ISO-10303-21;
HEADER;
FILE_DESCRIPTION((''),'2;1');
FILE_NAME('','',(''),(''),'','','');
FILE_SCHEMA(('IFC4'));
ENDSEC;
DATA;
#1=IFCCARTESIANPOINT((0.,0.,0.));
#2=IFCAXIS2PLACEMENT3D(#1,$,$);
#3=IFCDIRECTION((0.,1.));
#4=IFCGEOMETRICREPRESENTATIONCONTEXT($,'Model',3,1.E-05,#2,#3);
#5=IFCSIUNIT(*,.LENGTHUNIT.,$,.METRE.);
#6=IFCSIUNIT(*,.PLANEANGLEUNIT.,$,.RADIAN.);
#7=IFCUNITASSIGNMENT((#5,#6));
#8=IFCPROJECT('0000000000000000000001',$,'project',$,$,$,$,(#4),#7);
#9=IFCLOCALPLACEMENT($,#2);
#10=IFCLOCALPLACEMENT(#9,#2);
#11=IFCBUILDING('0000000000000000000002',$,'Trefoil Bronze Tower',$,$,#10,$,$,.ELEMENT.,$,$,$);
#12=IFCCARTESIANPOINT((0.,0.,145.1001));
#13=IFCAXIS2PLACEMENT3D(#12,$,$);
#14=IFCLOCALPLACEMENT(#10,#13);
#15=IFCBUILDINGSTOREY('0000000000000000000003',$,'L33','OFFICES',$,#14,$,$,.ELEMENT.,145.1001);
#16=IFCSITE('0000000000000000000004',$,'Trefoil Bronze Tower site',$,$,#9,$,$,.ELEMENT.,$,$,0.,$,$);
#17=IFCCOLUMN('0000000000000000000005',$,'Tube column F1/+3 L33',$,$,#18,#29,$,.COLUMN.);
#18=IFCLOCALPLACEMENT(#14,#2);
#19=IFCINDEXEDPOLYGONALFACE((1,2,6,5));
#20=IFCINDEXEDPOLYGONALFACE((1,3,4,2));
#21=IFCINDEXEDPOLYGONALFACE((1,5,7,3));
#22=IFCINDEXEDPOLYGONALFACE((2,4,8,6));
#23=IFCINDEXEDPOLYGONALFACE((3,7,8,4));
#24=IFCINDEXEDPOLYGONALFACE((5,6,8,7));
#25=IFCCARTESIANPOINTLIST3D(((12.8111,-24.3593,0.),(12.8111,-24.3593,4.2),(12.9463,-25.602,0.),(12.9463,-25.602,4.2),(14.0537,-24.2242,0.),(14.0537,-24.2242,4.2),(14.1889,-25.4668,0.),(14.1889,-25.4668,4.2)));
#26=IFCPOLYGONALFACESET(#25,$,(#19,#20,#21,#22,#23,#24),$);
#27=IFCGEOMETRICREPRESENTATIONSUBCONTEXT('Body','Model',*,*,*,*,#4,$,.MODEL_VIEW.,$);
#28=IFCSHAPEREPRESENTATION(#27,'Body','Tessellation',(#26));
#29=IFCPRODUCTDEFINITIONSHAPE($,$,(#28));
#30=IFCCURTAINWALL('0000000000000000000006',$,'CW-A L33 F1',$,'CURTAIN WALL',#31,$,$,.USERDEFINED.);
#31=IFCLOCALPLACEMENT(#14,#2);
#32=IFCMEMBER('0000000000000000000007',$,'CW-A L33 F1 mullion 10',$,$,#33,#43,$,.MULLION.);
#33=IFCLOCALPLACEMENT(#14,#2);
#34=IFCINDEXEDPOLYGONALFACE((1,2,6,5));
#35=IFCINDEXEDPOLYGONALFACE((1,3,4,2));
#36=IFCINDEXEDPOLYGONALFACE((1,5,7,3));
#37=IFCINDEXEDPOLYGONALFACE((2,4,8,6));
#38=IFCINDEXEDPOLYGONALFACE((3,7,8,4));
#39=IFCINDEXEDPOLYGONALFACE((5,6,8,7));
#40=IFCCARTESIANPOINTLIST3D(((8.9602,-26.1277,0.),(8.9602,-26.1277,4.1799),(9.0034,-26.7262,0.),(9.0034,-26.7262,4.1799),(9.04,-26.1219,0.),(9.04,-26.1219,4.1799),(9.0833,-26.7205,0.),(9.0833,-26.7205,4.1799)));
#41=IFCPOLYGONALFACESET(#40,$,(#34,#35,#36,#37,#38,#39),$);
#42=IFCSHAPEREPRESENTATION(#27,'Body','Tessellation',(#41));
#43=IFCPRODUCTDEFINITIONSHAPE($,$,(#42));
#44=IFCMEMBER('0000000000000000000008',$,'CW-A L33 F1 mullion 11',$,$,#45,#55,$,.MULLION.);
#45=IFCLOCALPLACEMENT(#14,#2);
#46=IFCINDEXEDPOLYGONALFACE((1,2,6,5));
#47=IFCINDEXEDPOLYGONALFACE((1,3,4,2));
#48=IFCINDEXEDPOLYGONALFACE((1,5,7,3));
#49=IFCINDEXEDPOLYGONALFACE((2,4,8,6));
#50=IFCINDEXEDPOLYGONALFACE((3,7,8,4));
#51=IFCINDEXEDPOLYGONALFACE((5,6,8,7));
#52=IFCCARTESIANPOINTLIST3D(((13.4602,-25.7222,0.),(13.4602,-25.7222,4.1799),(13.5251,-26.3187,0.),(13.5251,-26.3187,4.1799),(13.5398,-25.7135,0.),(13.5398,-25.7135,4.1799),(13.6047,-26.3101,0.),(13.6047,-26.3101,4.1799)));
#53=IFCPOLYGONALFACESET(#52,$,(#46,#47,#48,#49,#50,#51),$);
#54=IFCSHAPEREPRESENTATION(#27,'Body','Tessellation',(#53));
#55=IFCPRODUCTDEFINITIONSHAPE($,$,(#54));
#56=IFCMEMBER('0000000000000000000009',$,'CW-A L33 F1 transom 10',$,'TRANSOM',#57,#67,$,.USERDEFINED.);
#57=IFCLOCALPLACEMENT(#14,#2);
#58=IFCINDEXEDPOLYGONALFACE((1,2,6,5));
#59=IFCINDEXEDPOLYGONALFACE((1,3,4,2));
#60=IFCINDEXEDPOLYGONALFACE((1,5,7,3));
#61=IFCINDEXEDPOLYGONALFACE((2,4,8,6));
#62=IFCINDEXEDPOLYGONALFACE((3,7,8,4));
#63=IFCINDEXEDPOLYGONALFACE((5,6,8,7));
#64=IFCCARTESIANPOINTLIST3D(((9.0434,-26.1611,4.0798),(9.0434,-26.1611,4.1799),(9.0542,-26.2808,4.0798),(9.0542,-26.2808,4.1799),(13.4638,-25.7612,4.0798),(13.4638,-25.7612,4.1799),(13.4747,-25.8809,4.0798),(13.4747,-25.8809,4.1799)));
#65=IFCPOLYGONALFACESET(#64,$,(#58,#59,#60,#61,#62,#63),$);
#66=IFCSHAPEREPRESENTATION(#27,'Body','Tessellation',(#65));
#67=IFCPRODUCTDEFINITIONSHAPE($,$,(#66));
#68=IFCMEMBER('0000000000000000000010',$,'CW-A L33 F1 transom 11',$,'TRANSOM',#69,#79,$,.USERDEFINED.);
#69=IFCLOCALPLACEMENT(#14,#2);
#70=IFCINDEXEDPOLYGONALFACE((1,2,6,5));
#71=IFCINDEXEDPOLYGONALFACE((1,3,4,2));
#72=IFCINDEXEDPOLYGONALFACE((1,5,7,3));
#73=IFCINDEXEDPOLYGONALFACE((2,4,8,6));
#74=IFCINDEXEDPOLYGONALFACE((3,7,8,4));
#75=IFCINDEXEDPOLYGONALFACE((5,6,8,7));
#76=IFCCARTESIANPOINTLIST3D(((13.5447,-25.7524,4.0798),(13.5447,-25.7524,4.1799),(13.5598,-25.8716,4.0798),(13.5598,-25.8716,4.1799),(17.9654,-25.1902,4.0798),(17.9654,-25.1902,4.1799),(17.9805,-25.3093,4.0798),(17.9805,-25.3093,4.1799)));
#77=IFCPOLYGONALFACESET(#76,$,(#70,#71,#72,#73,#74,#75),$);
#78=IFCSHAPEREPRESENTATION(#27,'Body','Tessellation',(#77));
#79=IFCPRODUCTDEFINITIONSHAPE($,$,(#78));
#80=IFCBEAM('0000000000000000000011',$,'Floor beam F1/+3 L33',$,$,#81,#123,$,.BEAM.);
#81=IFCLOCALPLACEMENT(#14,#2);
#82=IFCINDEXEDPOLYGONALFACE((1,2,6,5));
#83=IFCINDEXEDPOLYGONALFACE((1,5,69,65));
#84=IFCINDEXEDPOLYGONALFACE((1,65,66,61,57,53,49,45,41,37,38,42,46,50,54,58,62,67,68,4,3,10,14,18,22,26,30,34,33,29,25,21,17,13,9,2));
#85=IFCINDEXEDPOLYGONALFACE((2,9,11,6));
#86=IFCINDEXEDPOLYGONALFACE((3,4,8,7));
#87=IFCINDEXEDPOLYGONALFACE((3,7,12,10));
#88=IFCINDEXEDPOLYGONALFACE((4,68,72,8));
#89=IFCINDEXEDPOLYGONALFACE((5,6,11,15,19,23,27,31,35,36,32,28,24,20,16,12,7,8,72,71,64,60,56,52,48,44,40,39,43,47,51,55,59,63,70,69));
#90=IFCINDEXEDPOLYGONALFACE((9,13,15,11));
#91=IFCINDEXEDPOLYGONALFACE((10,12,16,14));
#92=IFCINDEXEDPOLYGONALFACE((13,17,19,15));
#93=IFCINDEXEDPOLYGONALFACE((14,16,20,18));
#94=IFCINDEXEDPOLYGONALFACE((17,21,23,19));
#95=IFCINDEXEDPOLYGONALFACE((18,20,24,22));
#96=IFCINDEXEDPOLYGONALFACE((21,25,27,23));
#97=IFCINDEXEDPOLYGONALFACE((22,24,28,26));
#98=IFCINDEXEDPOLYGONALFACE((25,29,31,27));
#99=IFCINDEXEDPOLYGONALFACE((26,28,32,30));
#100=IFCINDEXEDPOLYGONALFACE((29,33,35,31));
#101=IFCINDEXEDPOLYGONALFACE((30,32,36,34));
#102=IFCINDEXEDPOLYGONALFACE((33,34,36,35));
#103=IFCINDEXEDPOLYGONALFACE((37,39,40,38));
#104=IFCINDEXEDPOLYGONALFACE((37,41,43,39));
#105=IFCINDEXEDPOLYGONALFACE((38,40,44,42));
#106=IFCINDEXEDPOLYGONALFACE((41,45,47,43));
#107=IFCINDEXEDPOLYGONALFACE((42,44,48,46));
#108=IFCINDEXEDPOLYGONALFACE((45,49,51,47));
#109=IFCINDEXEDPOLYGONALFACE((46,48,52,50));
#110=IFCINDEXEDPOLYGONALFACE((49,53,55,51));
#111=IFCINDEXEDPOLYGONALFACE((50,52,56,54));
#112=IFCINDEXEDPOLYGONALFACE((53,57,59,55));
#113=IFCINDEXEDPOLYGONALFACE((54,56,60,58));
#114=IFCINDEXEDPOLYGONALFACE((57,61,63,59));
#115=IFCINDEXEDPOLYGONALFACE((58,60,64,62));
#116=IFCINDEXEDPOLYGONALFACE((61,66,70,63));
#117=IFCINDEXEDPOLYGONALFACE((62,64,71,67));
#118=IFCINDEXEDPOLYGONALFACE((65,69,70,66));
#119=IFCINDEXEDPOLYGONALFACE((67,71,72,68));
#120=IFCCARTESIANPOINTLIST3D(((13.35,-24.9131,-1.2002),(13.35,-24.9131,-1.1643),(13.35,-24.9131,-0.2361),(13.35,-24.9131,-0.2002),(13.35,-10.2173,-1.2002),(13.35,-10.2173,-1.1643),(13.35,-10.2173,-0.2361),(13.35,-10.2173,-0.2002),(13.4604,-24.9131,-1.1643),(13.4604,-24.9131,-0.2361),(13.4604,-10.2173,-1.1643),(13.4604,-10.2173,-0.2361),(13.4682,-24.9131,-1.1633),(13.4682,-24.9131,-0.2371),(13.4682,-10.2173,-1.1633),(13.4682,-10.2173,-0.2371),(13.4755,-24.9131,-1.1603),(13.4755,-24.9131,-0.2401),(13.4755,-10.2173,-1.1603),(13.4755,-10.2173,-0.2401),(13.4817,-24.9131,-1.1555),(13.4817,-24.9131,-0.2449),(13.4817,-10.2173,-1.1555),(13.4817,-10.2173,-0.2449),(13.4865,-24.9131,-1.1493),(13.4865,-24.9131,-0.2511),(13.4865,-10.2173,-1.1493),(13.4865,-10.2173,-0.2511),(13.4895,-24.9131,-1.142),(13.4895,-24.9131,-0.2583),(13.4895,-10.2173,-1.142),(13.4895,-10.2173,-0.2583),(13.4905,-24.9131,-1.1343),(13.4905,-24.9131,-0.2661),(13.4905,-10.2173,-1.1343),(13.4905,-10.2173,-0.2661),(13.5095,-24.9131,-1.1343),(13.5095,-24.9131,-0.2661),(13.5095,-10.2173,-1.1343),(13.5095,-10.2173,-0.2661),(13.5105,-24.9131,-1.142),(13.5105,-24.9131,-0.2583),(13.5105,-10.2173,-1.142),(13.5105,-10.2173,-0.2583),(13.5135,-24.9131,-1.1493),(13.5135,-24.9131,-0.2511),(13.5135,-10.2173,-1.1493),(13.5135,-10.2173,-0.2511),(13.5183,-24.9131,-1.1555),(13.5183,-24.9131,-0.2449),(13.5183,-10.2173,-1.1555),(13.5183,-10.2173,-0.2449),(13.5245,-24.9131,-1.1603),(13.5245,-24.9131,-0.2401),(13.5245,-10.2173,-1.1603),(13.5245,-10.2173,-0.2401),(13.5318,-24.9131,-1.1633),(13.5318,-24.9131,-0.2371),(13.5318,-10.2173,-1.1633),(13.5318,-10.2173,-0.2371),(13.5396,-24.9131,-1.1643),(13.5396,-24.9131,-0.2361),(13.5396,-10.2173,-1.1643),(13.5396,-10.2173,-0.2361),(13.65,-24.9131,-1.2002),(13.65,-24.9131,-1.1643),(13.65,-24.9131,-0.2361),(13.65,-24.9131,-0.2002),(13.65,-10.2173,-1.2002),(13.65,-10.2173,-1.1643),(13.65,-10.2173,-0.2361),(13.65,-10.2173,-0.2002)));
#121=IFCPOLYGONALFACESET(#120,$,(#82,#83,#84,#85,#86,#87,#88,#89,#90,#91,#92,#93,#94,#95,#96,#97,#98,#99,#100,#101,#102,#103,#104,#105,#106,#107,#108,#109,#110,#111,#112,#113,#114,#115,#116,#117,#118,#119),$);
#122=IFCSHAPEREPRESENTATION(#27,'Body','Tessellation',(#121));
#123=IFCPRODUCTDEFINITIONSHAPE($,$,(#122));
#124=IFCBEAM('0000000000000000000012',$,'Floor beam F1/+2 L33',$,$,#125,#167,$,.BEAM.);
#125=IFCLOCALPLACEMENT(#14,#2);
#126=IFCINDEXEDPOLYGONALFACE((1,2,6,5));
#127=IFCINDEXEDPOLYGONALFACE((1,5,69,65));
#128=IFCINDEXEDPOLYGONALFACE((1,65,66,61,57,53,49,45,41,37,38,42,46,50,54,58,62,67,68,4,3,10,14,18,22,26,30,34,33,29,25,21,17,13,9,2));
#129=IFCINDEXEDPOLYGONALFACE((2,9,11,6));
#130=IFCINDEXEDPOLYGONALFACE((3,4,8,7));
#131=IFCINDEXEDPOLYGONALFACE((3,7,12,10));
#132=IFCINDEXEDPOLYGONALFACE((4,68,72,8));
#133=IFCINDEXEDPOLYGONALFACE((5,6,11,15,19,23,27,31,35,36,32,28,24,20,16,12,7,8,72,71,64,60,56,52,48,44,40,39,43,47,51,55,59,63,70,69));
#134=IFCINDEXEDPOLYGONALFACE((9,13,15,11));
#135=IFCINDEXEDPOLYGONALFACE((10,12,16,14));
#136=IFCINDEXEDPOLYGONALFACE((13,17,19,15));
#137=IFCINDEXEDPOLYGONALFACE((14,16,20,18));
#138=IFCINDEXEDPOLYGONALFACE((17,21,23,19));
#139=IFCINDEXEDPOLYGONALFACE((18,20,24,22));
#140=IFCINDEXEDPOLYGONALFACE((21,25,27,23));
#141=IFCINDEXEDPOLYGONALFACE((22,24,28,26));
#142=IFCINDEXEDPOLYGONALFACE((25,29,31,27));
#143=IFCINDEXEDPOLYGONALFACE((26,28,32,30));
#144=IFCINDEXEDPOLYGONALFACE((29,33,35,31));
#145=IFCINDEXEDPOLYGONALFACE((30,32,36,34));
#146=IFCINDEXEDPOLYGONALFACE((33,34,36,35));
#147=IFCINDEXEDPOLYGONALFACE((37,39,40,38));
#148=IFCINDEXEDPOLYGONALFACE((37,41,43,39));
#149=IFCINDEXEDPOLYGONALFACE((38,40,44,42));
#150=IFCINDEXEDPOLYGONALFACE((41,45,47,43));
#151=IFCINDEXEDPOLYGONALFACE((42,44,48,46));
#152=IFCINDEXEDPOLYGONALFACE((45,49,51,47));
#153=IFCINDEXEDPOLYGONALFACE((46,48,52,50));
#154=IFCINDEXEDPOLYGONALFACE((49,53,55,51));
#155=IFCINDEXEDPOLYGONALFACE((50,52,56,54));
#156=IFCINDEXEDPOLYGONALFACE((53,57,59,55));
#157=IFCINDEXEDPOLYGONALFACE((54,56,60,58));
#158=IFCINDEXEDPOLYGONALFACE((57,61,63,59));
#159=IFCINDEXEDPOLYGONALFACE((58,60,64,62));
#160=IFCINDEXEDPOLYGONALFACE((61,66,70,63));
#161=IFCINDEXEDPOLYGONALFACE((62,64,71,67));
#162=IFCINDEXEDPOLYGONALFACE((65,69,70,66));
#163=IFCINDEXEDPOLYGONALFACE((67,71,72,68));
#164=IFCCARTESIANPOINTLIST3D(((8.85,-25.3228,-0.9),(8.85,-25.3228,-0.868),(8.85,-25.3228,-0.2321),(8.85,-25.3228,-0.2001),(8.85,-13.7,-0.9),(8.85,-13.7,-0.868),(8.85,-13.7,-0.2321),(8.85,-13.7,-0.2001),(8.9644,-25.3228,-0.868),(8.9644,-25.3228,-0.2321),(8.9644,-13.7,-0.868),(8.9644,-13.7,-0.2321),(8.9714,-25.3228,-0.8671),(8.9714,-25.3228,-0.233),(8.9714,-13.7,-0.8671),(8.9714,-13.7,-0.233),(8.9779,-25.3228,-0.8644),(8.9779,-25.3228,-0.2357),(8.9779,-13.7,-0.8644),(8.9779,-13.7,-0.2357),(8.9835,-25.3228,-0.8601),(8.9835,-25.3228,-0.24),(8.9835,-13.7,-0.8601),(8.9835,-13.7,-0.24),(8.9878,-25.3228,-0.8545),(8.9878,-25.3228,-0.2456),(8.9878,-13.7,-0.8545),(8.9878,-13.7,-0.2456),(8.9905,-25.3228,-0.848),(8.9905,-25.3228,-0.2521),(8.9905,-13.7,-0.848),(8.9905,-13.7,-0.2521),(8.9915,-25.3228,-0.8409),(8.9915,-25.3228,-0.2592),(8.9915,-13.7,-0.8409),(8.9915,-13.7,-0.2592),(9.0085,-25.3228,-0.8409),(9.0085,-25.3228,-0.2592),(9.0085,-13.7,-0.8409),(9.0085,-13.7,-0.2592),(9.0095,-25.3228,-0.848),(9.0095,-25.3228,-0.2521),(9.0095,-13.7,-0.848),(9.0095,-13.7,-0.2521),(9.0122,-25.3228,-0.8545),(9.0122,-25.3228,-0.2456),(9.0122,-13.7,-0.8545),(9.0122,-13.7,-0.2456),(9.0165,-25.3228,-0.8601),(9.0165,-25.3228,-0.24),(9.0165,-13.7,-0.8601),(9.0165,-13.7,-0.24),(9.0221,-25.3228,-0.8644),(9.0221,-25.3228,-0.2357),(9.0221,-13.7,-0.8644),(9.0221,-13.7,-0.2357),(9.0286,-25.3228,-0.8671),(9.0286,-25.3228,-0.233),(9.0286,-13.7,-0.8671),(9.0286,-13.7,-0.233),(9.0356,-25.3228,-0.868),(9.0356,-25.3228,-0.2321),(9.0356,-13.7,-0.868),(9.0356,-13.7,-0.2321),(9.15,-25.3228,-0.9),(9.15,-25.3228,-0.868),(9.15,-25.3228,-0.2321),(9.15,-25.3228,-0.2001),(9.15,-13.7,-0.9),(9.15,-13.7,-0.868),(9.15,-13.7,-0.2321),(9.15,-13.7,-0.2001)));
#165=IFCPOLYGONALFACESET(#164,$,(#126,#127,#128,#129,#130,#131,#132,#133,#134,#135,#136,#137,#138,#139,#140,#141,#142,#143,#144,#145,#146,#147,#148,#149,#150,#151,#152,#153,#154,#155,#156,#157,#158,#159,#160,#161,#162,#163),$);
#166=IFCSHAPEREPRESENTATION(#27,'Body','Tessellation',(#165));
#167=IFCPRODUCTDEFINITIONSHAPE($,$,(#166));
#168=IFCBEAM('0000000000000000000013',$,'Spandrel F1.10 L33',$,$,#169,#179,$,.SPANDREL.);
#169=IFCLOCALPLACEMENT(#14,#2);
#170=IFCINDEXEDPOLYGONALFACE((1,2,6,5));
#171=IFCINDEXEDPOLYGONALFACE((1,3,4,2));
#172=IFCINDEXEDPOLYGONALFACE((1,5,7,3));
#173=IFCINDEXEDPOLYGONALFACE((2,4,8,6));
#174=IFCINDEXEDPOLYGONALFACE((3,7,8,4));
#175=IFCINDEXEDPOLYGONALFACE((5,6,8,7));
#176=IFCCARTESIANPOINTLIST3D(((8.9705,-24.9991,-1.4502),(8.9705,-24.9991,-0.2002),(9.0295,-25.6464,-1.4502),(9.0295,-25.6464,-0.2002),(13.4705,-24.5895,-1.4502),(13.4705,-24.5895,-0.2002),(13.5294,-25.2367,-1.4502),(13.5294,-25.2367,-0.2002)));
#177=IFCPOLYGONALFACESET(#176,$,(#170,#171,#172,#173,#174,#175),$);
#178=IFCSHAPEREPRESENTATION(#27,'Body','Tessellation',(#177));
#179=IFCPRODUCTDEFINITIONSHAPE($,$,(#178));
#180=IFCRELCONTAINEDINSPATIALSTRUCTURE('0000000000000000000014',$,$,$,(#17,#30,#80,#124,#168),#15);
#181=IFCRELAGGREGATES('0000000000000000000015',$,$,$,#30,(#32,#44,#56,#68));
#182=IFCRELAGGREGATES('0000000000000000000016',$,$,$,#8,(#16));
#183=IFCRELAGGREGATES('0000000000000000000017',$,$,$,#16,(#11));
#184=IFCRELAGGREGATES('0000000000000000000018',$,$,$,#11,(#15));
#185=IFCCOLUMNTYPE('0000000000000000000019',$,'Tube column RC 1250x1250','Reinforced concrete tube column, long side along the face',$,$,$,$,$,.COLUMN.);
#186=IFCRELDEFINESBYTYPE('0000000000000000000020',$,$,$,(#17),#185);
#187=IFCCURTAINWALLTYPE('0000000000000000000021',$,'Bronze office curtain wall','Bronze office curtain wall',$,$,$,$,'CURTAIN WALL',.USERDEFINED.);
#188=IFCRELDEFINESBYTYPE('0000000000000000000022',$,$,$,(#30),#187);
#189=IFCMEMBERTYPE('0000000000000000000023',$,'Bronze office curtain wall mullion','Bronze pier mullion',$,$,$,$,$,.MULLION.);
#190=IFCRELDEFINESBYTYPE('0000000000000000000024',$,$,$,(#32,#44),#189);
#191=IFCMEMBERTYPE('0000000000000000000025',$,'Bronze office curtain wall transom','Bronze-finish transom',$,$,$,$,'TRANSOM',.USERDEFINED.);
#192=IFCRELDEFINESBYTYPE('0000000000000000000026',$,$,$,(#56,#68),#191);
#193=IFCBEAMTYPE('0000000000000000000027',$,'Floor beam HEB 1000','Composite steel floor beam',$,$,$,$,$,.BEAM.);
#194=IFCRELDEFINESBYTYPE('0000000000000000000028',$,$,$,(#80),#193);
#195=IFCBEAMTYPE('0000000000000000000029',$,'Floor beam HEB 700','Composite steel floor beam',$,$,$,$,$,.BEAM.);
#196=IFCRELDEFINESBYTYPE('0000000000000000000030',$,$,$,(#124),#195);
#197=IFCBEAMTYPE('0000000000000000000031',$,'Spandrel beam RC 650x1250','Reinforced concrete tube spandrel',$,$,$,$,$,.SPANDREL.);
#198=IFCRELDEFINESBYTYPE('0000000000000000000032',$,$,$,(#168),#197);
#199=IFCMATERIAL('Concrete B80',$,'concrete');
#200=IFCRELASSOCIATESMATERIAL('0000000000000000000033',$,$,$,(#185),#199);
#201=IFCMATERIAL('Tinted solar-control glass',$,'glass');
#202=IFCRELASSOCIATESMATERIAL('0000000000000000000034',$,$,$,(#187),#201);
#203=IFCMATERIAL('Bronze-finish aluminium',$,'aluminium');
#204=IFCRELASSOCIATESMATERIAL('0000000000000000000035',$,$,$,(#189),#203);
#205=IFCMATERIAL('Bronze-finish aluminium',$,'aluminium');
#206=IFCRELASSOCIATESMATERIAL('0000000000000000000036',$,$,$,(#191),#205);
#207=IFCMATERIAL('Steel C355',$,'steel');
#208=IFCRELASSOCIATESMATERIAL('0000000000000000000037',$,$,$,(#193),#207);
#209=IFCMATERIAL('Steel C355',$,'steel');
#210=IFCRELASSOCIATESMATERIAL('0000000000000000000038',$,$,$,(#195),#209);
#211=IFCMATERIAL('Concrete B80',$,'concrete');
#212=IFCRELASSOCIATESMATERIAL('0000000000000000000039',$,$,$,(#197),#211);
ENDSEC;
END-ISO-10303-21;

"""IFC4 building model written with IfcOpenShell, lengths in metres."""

from ifc_helpers import new_model, si_unit, direction, frame, origin, origin_2d, place, context, subcontext, project, spatial, rectangle, i_section, extrude, material, material_profile, profile_set, type_object, element, aggregate, save


model = new_model("IFC4")

# Units and contexts
model_context = context("Model", 3, precision=1e-05, world=origin(), true_north=direction((0.0, 1.0)))
body_context = subcontext(model_context, "Body", "Model", "MODEL_VIEW")
ifc_project = project(units=[si_unit("LENGTHUNIT", "METRE"), si_unit("PLANEANGLEUNIT", "RADIAN")], contexts=[model_context])

# Site, building, storey
site_placement = place(None, origin())
site = spatial("IfcSite", under=ifc_project, at=site_placement, Name="Trefoil Bronze Tower site", CompositionType="ELEMENT", RefElevation=0.0)
building_placement = place(site_placement, origin())
building = spatial("IfcBuilding", under=site, at=building_placement, Name="Trefoil Bronze Tower", CompositionType="ELEMENT")
storey_placement = place(building_placement, frame((0.0, 0.0, 145.1001)))
storey = spatial("IfcBuildingStorey", under=building, at=storey_placement, Name="L33", Description="OFFICES", CompositionType="ELEMENT", Elevation=145.1001)

# Column
ifc_material_1 = material(Name="Concrete B80", Category="concrete")
ifc_material_profile_1 = material_profile(ifc_material_1, rectangle(XDim=1.25, YDim=1.25, at=origin_2d()), Name="RC 1250x1250")
ifc_profile_set_1 = profile_set([ifc_material_profile_1], Name="Concrete B80")
column_type = type_object("IfcColumnType", Name="Tube column RC 1250x1250", Description="Reinforced concrete tube column, long side along the face", PredefinedType="COLUMN", material=ifc_profile_set_1)
column_placement = place(storey_placement, frame((13.5, -24.9131, 0.0), z_axis=(0.0, 0.0, 1.0), x_axis=(0.994135, 0.108144, 0.0)))
element("IfcColumn", 1, at=column_placement, inside=storey, type_object=column_type, Name="Tube column F1/+3 L33", PredefinedType="COLUMN", context=body_context, shape_type="SweptSolid", body=[
    extrude(rectangle(XDim=1.25, YDim=1.25, at=origin_2d()), origin(), (0.0, 0.0, 1.0), 4.2),
])

# Curtain wall, members
ifc_material_2 = material(Name="Tinted solar-control glass", Category="glass")
curtain_wall_type = type_object("IfcCurtainWallType", Name="Bronze office curtain wall", Description="Bronze office curtain wall", ElementType="CURTAIN WALL", PredefinedType="USERDEFINED", material=ifc_material_2)
curtain_wall_placement = place(storey_placement, origin())
curtain_wall = element("IfcCurtainWall", 2, at=curtain_wall_placement, inside=storey, type_object=curtain_wall_type, Name="CW-A L33 F1", ObjectType="CURTAIN WALL", PredefinedType="USERDEFINED")
ifc_material_3 = material(Name="Bronze-finish aluminium", Category="aluminium")
ifc_material_profile_2 = material_profile(ifc_material_3, rectangle(XDim=0.6001, YDim=0.0801, at=origin_2d()), Name="CW-A mullion")
ifc_profile_set_2 = profile_set([ifc_material_profile_2], Name="Bronze-finish aluminium")
member_type_1 = type_object("IfcMemberType", Name="Bronze office curtain wall mullion", Description="Bronze pier mullion", PredefinedType="MULLION", material=ifc_profile_set_2)
member_1_placement = place(storey_placement, frame((9.0217, -26.4241, 0.0), z_axis=(0.0, 0.0, 1.0), x_axis=(-0.072096, 0.997398, 0.0)))
member_1 = element("IfcMember", 3, at=member_1_placement, type_object=member_type_1, Name="CW-A L33 F1 mullion 10", PredefinedType="MULLION", context=body_context, shape_type="SweptSolid", body=[
    extrude(rectangle(XDim=0.6001, YDim=0.0801, at=origin_2d()), origin(), (0.0, 0.0, 1.0), 4.1799),
])
member_2_placement = place(storey_placement, frame((13.5325, -26.0161, 0.0), z_axis=(0.0, 0.0, 1.0), x_axis=(-0.108144, 0.994135, 0.0)))
member_2 = element("IfcMember", 4, at=member_2_placement, type_object=member_type_1, Name="CW-A L33 F1 mullion 11", PredefinedType="MULLION", context=body_context, shape_type="SweptSolid", body=[
    extrude(rectangle(XDim=0.6001, YDim=0.0801, at=origin_2d()), origin(), (0.0, 0.0, 1.0), 4.1799),
])
ifc_material_4 = material(Name="Bronze-finish aluminium", Category="aluminium")
ifc_material_profile_3 = material_profile(ifc_material_4, rectangle(XDim=0.1201, YDim=0.1001, at=origin_2d()), Name="CW-A transom")
ifc_profile_set_3 = profile_set([ifc_material_profile_3], Name="Bronze-finish aluminium")
member_type_2 = type_object("IfcMemberType", Name="Bronze office curtain wall transom", Description="Bronze-finish transom", ElementType="TRANSOM", PredefinedType="USERDEFINED", material=ifc_profile_set_3)
member_3_placement = place(storey_placement, frame((9.0488, -26.2209, 4.1299), z_axis=(0.995933, 0.090099, 0.0), x_axis=(-0.090099, 0.995933, 0.0)))
member_3 = element("IfcMember", 5, at=member_3_placement, type_object=member_type_2, Name="CW-A L33 F1 transom 10", ObjectType="TRANSOM", PredefinedType="USERDEFINED", context=body_context, shape_type="SweptSolid", body=[
    extrude(rectangle(XDim=0.1201, YDim=0.1001, at=origin_2d()), origin(), (0.0, 0.0, 1.0), 4.4385),
])
member_4_placement = place(storey_placement, frame((13.5522, -25.812, 4.1299), z_axis=(0.992008, 0.126172, 0.0), x_axis=(-0.126172, 0.992008, 0.0)))
member_4 = element("IfcMember", 6, at=member_4_placement, type_object=member_type_2, Name="CW-A L33 F1 transom 11", ObjectType="TRANSOM", PredefinedType="USERDEFINED", context=body_context, shape_type="SweptSolid", body=[
    extrude(rectangle(XDim=0.1201, YDim=0.1001, at=origin_2d()), origin(), (0.0, 0.0, 1.0), 4.4563),
])

# Beams
ifc_material_5 = material(Name="Steel C355", Category="steel")
ifc_material_profile_4 = material_profile(ifc_material_5, i_section(OverallWidth=0.3, OverallDepth=1.0, WebThickness=0.019, FlangeThickness=0.0359, FilletRadius=0.03, at=origin_2d()), Name="HEB 1000")
ifc_profile_set_4 = profile_set([ifc_material_profile_4], Name="Steel C355")
beam_type_1 = type_object("IfcBeamType", Name="Floor beam HEB 1000", Description="Composite steel floor beam", PredefinedType="BEAM", material=ifc_profile_set_4)
beam_1_placement = place(storey_placement, frame((13.5, -24.9131, -0.7002), z_axis=(0.0, 1.0, 0.0), x_axis=(-1.0, 0.0, 0.0)))
element("IfcBeam", 7, at=beam_1_placement, inside=storey, type_object=beam_type_1, Name="Floor beam F1/+3 L33", PredefinedType="BEAM", context=body_context, shape_type="SweptSolid", body=[
    extrude(i_section(OverallWidth=0.3, OverallDepth=1.0, WebThickness=0.019, FlangeThickness=0.0359, FilletRadius=0.03, at=origin_2d()), origin(), (0.0, 0.0, 1.0), 14.6958),
])
ifc_material_6 = material(Name="Steel C355", Category="steel")
ifc_material_profile_5 = material_profile(ifc_material_6, i_section(OverallWidth=0.3, OverallDepth=0.7, WebThickness=0.0171, FlangeThickness=0.032, FilletRadius=0.0271, at=origin_2d()), Name="HEB 700")
ifc_profile_set_5 = profile_set([ifc_material_profile_5], Name="Steel C355")
beam_type_2 = type_object("IfcBeamType", Name="Floor beam HEB 700", Description="Composite steel floor beam", PredefinedType="BEAM", material=ifc_profile_set_5)
beam_2_placement = place(storey_placement, frame((9.0, -25.3228, -0.55), z_axis=(0.0, 1.0, 0.0), x_axis=(-1.0, 0.0, 0.0)))
element("IfcBeam", 8, at=beam_2_placement, inside=storey, type_object=beam_type_2, Name="Floor beam F1/+2 L33", PredefinedType="BEAM", context=body_context, shape_type="SweptSolid", body=[
    extrude(i_section(OverallWidth=0.3, OverallDepth=0.7, WebThickness=0.0171, FlangeThickness=0.032, FilletRadius=0.0271, at=origin_2d()), origin(), (0.0, 0.0, 1.0), 11.6228),
])
ifc_material_7 = material(Name="Concrete B80", Category="concrete")
ifc_material_profile_6 = material_profile(ifc_material_7, rectangle(XDim=0.6499, YDim=1.25, at=origin_2d()), Name="RC 650x1250")
ifc_profile_set_6 = profile_set([ifc_material_profile_6], Name="Concrete B80")
beam_type_3 = type_object("IfcBeamType", Name="Spandrel beam RC 650x1250", Description="Reinforced concrete tube spandrel", PredefinedType="SPANDREL", material=ifc_profile_set_6)
beam_3_placement = place(storey_placement, frame((9.0, -25.3228, -0.8252), z_axis=(0.995882, 0.090662, 0.0), x_axis=(-0.090662, 0.995882, 0.0)))
element("IfcBeam", 9, at=beam_3_placement, inside=storey, type_object=beam_type_3, Name="Spandrel F1.10 L33", PredefinedType="SPANDREL", context=body_context, shape_type="SweptSolid", body=[
    extrude(rectangle(XDim=0.6499, YDim=1.25, at=origin_2d()), origin(), (0.0, 0.0, 1.0), 4.5186),
])

aggregate(curtain_wall, [member_1, member_2, member_3, member_4])

save(model, "model.ifc")
